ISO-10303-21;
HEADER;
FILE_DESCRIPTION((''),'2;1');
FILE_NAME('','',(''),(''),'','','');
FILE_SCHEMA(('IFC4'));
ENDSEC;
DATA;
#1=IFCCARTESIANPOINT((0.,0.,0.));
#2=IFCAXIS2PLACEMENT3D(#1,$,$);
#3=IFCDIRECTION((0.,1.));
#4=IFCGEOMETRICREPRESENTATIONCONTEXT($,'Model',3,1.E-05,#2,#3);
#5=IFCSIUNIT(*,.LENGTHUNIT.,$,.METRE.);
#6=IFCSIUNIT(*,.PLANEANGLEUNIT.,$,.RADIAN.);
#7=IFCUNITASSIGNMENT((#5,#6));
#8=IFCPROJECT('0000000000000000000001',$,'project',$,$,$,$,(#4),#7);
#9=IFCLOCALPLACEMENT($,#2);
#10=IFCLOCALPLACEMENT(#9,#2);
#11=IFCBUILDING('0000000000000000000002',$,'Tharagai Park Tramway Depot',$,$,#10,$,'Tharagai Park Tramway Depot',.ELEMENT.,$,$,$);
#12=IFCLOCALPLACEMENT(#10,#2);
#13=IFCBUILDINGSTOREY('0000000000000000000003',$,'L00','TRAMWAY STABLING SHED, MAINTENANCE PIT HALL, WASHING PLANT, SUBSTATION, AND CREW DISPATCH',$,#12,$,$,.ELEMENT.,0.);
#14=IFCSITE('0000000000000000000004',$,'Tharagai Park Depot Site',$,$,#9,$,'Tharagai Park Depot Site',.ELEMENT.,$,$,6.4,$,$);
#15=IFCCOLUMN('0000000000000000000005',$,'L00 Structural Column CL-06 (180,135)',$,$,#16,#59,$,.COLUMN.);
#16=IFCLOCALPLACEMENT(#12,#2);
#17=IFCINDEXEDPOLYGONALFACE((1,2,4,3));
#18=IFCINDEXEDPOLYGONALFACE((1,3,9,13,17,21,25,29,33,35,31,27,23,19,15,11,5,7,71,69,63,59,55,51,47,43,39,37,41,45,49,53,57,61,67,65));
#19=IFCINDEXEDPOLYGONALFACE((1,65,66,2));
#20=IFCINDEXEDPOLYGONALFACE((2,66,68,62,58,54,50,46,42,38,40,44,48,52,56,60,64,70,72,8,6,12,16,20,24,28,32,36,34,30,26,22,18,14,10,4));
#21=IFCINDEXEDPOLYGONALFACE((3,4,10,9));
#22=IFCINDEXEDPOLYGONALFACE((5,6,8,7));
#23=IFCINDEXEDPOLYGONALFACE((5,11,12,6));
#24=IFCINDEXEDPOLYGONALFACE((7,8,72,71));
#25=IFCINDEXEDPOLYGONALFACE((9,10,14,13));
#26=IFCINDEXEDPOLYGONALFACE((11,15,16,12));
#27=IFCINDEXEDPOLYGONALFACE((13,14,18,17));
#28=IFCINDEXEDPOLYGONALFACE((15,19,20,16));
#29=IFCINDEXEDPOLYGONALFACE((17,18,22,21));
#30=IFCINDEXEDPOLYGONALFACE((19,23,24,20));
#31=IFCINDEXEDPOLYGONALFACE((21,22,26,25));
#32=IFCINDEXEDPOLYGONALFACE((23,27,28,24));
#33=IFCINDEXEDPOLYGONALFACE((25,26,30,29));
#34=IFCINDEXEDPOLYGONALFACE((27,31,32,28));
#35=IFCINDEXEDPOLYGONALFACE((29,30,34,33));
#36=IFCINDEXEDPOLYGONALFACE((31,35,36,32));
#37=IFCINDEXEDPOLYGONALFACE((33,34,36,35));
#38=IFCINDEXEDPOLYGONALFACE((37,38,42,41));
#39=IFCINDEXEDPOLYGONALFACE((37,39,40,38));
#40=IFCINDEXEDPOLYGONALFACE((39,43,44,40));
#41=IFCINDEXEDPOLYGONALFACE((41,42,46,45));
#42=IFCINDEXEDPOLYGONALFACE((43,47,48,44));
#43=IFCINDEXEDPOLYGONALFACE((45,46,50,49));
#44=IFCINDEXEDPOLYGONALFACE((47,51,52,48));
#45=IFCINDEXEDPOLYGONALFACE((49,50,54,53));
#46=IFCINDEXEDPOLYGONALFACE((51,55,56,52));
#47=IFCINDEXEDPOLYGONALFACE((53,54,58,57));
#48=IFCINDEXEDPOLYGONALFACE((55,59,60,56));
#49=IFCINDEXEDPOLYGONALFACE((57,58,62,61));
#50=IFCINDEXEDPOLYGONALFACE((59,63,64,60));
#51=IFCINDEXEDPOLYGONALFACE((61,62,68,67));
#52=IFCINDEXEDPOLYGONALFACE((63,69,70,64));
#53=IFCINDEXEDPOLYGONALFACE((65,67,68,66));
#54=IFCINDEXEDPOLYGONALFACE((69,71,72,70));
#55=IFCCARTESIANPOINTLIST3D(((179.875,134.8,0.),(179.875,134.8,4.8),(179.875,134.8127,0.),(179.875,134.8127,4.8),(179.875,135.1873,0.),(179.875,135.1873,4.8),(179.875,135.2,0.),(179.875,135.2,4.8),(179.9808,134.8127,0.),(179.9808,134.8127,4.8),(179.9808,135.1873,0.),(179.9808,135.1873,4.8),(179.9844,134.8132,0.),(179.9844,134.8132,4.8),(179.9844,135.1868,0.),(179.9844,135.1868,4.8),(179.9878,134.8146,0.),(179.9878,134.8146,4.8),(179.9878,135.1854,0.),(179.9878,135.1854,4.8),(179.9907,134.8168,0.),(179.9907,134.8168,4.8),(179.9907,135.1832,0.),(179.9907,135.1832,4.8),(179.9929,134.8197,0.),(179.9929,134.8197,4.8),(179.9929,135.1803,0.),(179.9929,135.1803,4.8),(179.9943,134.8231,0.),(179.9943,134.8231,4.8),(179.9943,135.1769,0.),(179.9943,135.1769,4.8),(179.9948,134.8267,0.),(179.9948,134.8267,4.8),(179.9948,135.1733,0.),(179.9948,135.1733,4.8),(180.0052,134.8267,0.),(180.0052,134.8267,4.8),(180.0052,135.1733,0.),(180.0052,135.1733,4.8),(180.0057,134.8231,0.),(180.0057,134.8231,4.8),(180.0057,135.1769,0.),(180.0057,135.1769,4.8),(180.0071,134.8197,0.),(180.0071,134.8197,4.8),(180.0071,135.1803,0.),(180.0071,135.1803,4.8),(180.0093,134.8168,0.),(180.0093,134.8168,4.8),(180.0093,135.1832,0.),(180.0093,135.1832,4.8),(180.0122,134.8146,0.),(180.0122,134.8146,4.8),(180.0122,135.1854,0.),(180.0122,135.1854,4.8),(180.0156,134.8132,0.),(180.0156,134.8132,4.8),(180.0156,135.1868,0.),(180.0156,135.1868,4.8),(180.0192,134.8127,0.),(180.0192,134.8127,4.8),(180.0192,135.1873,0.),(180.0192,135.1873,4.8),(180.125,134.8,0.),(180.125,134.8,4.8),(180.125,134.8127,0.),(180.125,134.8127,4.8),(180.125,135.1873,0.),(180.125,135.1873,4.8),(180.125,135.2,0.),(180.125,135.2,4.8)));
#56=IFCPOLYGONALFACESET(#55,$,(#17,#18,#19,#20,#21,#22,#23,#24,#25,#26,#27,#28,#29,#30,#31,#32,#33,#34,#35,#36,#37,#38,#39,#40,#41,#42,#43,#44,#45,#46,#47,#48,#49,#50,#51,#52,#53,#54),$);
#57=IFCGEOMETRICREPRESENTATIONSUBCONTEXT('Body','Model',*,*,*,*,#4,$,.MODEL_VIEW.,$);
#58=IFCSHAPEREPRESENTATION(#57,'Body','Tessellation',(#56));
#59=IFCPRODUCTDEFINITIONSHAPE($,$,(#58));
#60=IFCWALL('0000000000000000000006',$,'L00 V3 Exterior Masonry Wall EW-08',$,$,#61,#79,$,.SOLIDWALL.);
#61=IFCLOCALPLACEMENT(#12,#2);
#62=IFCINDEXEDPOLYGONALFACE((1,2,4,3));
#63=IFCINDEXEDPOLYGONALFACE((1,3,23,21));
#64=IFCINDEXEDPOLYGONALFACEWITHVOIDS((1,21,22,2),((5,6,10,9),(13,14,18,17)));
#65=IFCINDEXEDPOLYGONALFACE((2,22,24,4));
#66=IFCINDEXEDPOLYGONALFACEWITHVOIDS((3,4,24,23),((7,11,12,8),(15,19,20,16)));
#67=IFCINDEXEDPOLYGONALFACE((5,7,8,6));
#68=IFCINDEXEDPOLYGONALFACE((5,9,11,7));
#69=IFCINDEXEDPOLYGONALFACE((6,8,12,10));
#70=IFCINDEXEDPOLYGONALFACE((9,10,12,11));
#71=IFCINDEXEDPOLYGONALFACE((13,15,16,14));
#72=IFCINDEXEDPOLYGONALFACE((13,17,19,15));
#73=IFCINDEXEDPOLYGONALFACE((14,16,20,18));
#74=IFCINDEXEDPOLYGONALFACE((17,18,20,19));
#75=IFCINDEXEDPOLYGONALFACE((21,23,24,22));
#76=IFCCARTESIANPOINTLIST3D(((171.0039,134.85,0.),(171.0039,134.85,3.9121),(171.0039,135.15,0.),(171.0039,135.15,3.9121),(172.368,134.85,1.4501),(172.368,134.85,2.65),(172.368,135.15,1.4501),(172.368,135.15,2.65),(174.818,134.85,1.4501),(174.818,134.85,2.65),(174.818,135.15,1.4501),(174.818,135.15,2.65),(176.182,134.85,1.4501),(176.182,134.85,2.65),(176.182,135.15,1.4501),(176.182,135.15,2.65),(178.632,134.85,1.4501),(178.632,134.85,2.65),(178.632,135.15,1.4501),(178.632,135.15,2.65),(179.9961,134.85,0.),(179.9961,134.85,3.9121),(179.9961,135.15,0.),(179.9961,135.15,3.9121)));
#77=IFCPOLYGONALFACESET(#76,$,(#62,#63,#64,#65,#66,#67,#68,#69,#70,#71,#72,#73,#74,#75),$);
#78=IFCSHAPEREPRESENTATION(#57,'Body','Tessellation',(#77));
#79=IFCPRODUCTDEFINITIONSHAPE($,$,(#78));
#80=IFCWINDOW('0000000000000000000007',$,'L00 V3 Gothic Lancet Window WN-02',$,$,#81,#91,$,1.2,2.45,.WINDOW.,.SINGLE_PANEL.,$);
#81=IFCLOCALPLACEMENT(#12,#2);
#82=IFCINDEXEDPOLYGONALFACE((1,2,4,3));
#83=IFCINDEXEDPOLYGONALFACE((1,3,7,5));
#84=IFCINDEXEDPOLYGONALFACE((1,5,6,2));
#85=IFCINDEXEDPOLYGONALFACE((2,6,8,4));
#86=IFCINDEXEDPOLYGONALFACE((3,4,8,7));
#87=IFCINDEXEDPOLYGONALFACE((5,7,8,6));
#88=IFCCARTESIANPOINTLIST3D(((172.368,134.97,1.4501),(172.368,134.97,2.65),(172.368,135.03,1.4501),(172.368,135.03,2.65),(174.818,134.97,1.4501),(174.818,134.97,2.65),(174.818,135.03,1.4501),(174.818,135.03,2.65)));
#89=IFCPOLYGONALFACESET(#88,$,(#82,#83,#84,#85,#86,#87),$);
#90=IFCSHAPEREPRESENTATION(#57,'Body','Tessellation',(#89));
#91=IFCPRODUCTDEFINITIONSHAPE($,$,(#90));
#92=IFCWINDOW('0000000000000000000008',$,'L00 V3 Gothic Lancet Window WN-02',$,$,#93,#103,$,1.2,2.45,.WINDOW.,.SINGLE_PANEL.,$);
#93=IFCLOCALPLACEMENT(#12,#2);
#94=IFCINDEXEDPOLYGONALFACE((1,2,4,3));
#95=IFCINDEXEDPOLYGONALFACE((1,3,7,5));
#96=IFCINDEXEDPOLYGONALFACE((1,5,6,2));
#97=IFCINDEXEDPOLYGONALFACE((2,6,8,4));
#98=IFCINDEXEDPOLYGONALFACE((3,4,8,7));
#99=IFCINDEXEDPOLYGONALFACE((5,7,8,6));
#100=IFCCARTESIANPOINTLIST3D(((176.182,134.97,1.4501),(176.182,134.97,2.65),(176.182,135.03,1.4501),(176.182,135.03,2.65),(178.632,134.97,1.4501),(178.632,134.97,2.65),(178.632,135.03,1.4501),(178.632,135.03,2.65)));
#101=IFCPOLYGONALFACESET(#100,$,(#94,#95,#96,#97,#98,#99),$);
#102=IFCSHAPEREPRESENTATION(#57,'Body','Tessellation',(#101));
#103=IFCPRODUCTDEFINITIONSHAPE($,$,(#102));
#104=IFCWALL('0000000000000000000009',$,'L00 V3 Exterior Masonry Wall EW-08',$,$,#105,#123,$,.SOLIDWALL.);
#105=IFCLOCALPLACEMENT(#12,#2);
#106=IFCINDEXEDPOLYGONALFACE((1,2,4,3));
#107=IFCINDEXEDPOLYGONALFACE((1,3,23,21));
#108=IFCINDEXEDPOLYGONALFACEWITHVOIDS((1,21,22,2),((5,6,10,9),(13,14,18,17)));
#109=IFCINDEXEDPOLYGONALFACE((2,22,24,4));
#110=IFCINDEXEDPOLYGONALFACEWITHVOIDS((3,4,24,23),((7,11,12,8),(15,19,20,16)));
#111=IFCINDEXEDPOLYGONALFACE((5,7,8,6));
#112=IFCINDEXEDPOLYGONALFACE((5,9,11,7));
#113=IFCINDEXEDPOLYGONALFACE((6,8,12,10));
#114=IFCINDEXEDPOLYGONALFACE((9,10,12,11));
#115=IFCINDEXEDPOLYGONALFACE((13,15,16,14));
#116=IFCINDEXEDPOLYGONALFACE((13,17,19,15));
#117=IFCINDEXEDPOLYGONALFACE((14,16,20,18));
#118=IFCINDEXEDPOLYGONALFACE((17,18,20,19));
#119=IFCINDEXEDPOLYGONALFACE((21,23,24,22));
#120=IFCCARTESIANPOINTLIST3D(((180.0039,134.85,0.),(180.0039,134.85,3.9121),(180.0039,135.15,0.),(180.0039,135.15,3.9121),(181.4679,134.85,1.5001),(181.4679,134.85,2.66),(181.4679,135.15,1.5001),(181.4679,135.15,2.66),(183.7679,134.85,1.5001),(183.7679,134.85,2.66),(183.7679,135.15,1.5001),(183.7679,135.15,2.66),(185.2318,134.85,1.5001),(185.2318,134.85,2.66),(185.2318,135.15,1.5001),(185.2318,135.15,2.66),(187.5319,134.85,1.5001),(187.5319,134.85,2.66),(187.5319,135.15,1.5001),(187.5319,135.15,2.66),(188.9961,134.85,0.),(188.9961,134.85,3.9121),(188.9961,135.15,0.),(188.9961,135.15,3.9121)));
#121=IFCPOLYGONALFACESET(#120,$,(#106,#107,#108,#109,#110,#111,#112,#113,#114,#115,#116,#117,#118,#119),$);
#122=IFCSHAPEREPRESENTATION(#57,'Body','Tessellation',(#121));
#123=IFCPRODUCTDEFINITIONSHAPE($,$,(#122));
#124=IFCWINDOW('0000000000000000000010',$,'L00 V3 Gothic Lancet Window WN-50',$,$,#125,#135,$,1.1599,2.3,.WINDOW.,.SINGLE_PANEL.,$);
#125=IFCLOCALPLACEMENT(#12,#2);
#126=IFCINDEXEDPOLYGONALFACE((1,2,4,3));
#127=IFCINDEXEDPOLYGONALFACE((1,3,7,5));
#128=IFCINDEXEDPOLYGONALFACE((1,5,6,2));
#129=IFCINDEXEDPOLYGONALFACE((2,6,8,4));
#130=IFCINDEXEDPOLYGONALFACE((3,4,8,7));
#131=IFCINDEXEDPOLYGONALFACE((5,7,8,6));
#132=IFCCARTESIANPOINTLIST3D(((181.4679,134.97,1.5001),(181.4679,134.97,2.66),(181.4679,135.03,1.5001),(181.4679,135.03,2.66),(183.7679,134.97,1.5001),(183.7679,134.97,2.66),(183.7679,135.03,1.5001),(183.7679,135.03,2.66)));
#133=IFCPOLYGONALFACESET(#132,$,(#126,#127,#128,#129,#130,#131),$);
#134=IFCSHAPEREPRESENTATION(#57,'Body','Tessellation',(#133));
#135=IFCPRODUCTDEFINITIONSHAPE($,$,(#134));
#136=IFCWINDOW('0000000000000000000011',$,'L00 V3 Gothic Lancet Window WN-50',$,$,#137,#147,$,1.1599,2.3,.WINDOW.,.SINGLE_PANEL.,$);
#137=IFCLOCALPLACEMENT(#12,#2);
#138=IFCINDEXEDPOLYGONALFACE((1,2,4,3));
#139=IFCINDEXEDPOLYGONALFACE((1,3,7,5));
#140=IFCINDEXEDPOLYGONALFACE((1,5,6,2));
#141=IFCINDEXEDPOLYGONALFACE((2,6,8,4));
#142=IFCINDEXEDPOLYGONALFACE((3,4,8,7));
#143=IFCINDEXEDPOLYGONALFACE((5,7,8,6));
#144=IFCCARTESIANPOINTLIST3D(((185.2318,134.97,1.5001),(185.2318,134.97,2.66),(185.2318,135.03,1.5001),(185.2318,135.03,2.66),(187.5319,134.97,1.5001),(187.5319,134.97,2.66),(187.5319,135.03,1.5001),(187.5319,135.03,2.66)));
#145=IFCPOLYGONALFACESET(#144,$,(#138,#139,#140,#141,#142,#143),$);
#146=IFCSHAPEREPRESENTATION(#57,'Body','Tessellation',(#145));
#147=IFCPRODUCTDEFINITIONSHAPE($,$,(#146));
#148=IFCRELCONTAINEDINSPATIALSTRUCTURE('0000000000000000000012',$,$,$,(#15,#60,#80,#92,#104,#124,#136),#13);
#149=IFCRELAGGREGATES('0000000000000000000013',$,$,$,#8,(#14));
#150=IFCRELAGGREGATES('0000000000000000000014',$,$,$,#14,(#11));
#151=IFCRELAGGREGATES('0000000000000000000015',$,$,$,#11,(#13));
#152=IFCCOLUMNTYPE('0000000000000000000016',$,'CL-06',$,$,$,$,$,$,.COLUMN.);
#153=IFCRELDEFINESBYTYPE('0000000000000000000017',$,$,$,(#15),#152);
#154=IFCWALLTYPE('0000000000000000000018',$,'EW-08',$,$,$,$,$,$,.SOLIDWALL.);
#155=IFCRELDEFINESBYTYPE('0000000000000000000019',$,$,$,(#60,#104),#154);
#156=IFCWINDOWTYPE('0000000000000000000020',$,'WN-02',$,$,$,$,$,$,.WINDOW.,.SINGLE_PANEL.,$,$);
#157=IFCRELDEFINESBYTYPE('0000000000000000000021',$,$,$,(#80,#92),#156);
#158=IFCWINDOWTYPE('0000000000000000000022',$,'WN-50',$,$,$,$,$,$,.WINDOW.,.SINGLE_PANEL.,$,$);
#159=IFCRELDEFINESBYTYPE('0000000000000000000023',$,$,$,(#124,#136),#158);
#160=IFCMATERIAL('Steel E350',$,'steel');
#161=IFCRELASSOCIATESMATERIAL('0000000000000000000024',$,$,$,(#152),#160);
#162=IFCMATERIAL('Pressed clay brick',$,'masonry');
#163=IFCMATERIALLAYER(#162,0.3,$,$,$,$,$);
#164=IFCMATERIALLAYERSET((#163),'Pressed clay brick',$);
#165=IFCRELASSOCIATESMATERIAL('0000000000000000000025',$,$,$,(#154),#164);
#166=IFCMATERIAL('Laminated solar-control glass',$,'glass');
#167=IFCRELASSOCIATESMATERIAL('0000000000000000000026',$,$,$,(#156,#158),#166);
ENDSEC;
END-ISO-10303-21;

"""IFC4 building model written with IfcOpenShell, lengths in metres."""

from ifc_helpers import new_model, si_unit, direction, frame, frame_2d, origin, origin_2d, place, context, subcontext, project, spatial, rectangle, i_section, extrude, material, layer, layer_set, material_profile, profile_set, type_object, element, fill, save


model = new_model("IFC4")

# Units and contexts
model_context = context("Model", 3, precision=1e-05, world=origin(), true_north=direction((0.0, 1.0)))
body_context = subcontext(model_context, "Body", "Model", "MODEL_VIEW")
ifc_project = project(units=[si_unit("LENGTHUNIT", "METRE"), si_unit("PLANEANGLEUNIT", "RADIAN")], contexts=[model_context])

# Site, building, storey
site_placement = place(None, origin())
site = spatial("IfcSite", under=ifc_project, at=site_placement, Name="Tharagai Park Depot Site", LongName="Tharagai Park Depot Site", CompositionType="ELEMENT", RefElevation=6.4)
building_placement = place(site_placement, origin())
building = spatial("IfcBuilding", under=site, at=building_placement, Name="Tharagai Park Tramway Depot", LongName="Tharagai Park Tramway Depot", CompositionType="ELEMENT")
storey_placement = place(building_placement, origin())
storey = spatial("IfcBuildingStorey", under=building, at=storey_placement, Name="L00", Description="TRAMWAY STABLING SHED, MAINTENANCE PIT HALL, WASHING PLANT, SUBSTATION, AND CREW DISPATCH", CompositionType="ELEMENT", Elevation=0.0)

# Column
ifc_material_1 = material(Name="Steel E350", Category="steel")
ifc_material_profile_1 = material_profile(ifc_material_1, i_section(OverallWidth=0.25, OverallDepth=0.3999, WebThickness=0.0105, FlangeThickness=0.0127, FilletRadius=0.0139, at=origin_2d()), Name="ISHB 400")
ifc_profile_set_1 = profile_set([ifc_material_profile_1], Name="Steel E350")
column_type = type_object("IfcColumnType", Name="CL-06", PredefinedType="COLUMN", material=ifc_profile_set_1)
for number, where, z_axis, x_axis, name in (
    (1, (180.0, 135.0, 0.0), (0.0, 0.0, 1.0), (1.0, 0.0, 0.0), "L00 Structural Column CL-06 (180,135)"),
):
    element("IfcColumn", number, at=place(storey_placement, frame(where, z_axis=z_axis, x_axis=x_axis)), inside=storey, type_object=column_type, Name=name, PredefinedType="COLUMN", context=body_context, shape_type="SweptSolid", body=[
        extrude(i_section(OverallWidth=0.25, OverallDepth=0.3999, WebThickness=0.0105, FlangeThickness=0.0127, FilletRadius=0.0139, at=origin_2d()), origin(), (0.0, 0.0, 1.0), 4.8),
    ])

# Walls, openings, windows
ifc_material_2 = material(Name="Pressed clay brick", Category="masonry")
ifc_layer_1 = layer(ifc_material_2, 0.3)
ifc_layer_set_1 = layer_set([ifc_layer_1], Name="Pressed clay brick")
wall_type_1 = type_object("IfcWallType", Name="EW-08", PredefinedType="SOLIDWALL", material=ifc_layer_set_1)
wall_1_placement = place(storey_placement, frame((171.0039, 135.0, 0.0), z_axis=(0.0, 0.0, 1.0), x_axis=(1.0, 0.0, 0.0)))
wall_1 = element("IfcWall", 2, at=wall_1_placement, inside=storey, type_object=wall_type_1, Name="L00 V3 Exterior Masonry Wall EW-08", PredefinedType="SOLIDWALL", context=body_context, shape_type="SweptSolid", body=[
    extrude(rectangle(XDim=8.9922, YDim=0.3, at=frame_2d((4.4961, 0.0))), origin(), (0.0, 0.0, 1.0), 3.9121),
])
opening_1_placement = place(wall_1_placement, frame((1.364, 0.0, 1.45)))
opening_1 = element("IfcOpeningElement", 3, at=opening_1_placement, cuts=wall_1, PredefinedType="OPENING", context=body_context, shape_type="SweptSolid", body=[
    extrude(rectangle(XDim=2.45, YDim=1.2, at=frame_2d((1.2251, 0.6001))), frame((0.0, 0.1599, 0.0), z_axis=(0.0, -1.0, 0.0), x_axis=(1.0, 0.0, 0.0)), (0.0, 0.0, 1.0), 0.3201),
])
opening_2_placement = place(wall_1_placement, frame((5.178, 0.0, 1.45)))
opening_2 = element("IfcOpeningElement", 4, at=opening_2_placement, cuts=wall_1, PredefinedType="OPENING", context=body_context, shape_type="SweptSolid", body=[
    extrude(rectangle(XDim=2.45, YDim=1.2, at=frame_2d((1.2251, 0.6001))), frame((0.0, 0.1599, 0.0), z_axis=(0.0, -1.0, 0.0), x_axis=(1.0, 0.0, 0.0)), (0.0, 0.0, 1.0), 0.3201),
])
ifc_material_3 = material(Name="Laminated solar-control glass", Category="glass")
window_type_1 = type_object("IfcWindowType", Name="WN-02", PartitioningType="SINGLE_PANEL", PredefinedType="WINDOW", material=ifc_material_3)
window_1_placement = place(opening_1_placement, origin())
window_1 = element("IfcWindow", 5, at=window_1_placement, inside=storey, type_object=window_type_1, Name="L00 V3 Gothic Lancet Window WN-02", OverallHeight=1.2, OverallWidth=2.45, PartitioningType="SINGLE_PANEL", PredefinedType="WINDOW", context=body_context, shape_type="SweptSolid", body=[
    extrude(rectangle(XDim=2.45, YDim=1.2, at=frame_2d((1.2251, 0.6001))), frame((0.0, 0.03, 0.0), z_axis=(0.0, -1.0, 0.0), x_axis=(1.0, 0.0, 0.0)), (0.0, 0.0, 1.0), 0.0601),
])
fill(opening_1, window_1)
window_2_placement = place(opening_2_placement, origin())
window_2 = element("IfcWindow", 6, at=window_2_placement, inside=storey, type_object=window_type_1, Name="L00 V3 Gothic Lancet Window WN-02", OverallHeight=1.2, OverallWidth=2.45, PartitioningType="SINGLE_PANEL", PredefinedType="WINDOW", context=body_context, shape_type="SweptSolid", body=[
    extrude(rectangle(XDim=2.45, YDim=1.2, at=frame_2d((1.2251, 0.6001))), frame((0.0, 0.03, 0.0), z_axis=(0.0, -1.0, 0.0), x_axis=(1.0, 0.0, 0.0)), (0.0, 0.0, 1.0), 0.0601),
])
fill(opening_2, window_2)
wall_2_placement = place(storey_placement, frame((180.0039, 135.0, 0.0), z_axis=(0.0, 0.0, 1.0), x_axis=(1.0, 0.0, 0.0)))
wall_2 = element("IfcWall", 7, at=wall_2_placement, inside=storey, type_object=wall_type_1, Name="L00 V3 Exterior Masonry Wall EW-08", PredefinedType="SOLIDWALL", context=body_context, shape_type="SweptSolid", body=[
    extrude(rectangle(XDim=8.9922, YDim=0.3, at=frame_2d((4.4961, 0.0))), origin(), (0.0, 0.0, 1.0), 3.9121),
])
opening_3_placement = place(wall_2_placement, frame((1.4641, 0.0, 1.5)))
opening_3 = element("IfcOpeningElement", 8, at=opening_3_placement, cuts=wall_2, PredefinedType="OPENING", context=body_context, shape_type="SweptSolid", body=[
    extrude(rectangle(XDim=2.3, YDim=1.1599, at=frame_2d((1.1499, 0.5801))), frame((0.0, 0.1599, 0.0), z_axis=(0.0, -1.0, 0.0), x_axis=(1.0, 0.0, 0.0)), (0.0, 0.0, 1.0), 0.3201),
])
opening_4_placement = place(wall_2_placement, frame((5.228, 0.0, 1.5)))
opening_4 = element("IfcOpeningElement", 9, at=opening_4_placement, cuts=wall_2, PredefinedType="OPENING", context=body_context, shape_type="SweptSolid", body=[
    extrude(rectangle(XDim=2.3, YDim=1.1599, at=frame_2d((1.1499, 0.5801))), frame((0.0, 0.1599, 0.0), z_axis=(0.0, -1.0, 0.0), x_axis=(1.0, 0.0, 0.0)), (0.0, 0.0, 1.0), 0.3201),
])
window_type_2 = type_object("IfcWindowType", Name="WN-50", PartitioningType="SINGLE_PANEL", PredefinedType="WINDOW", material=ifc_material_3)
window_3_placement = place(opening_3_placement, origin())
window_3 = element("IfcWindow", 10, at=window_3_placement, inside=storey, type_object=window_type_2, Name="L00 V3 Gothic Lancet Window WN-50", OverallHeight=1.1599, OverallWidth=2.3, PartitioningType="SINGLE_PANEL", PredefinedType="WINDOW", context=body_context, shape_type="SweptSolid", body=[
    extrude(rectangle(XDim=2.3, YDim=1.1599, at=frame_2d((1.1499, 0.5801))), frame((0.0, 0.03, 0.0), z_axis=(0.0, -1.0, 0.0), x_axis=(1.0, 0.0, 0.0)), (0.0, 0.0, 1.0), 0.0601),
])
fill(opening_3, window_3)
window_4_placement = place(opening_4_placement, origin())
window_4 = element("IfcWindow", 11, at=window_4_placement, inside=storey, type_object=window_type_2, Name="L00 V3 Gothic Lancet Window WN-50", OverallHeight=1.1599, OverallWidth=2.3, PartitioningType="SINGLE_PANEL", PredefinedType="WINDOW", context=body_context, shape_type="SweptSolid", body=[
    extrude(rectangle(XDim=2.3, YDim=1.1599, at=frame_2d((1.1499, 0.5801))), frame((0.0, 0.03, 0.0), z_axis=(0.0, -1.0, 0.0), x_axis=(1.0, 0.0, 0.0)), (0.0, 0.0, 1.0), 0.0601),
])
fill(opening_4, window_4)

save(model, "model.ifc")
